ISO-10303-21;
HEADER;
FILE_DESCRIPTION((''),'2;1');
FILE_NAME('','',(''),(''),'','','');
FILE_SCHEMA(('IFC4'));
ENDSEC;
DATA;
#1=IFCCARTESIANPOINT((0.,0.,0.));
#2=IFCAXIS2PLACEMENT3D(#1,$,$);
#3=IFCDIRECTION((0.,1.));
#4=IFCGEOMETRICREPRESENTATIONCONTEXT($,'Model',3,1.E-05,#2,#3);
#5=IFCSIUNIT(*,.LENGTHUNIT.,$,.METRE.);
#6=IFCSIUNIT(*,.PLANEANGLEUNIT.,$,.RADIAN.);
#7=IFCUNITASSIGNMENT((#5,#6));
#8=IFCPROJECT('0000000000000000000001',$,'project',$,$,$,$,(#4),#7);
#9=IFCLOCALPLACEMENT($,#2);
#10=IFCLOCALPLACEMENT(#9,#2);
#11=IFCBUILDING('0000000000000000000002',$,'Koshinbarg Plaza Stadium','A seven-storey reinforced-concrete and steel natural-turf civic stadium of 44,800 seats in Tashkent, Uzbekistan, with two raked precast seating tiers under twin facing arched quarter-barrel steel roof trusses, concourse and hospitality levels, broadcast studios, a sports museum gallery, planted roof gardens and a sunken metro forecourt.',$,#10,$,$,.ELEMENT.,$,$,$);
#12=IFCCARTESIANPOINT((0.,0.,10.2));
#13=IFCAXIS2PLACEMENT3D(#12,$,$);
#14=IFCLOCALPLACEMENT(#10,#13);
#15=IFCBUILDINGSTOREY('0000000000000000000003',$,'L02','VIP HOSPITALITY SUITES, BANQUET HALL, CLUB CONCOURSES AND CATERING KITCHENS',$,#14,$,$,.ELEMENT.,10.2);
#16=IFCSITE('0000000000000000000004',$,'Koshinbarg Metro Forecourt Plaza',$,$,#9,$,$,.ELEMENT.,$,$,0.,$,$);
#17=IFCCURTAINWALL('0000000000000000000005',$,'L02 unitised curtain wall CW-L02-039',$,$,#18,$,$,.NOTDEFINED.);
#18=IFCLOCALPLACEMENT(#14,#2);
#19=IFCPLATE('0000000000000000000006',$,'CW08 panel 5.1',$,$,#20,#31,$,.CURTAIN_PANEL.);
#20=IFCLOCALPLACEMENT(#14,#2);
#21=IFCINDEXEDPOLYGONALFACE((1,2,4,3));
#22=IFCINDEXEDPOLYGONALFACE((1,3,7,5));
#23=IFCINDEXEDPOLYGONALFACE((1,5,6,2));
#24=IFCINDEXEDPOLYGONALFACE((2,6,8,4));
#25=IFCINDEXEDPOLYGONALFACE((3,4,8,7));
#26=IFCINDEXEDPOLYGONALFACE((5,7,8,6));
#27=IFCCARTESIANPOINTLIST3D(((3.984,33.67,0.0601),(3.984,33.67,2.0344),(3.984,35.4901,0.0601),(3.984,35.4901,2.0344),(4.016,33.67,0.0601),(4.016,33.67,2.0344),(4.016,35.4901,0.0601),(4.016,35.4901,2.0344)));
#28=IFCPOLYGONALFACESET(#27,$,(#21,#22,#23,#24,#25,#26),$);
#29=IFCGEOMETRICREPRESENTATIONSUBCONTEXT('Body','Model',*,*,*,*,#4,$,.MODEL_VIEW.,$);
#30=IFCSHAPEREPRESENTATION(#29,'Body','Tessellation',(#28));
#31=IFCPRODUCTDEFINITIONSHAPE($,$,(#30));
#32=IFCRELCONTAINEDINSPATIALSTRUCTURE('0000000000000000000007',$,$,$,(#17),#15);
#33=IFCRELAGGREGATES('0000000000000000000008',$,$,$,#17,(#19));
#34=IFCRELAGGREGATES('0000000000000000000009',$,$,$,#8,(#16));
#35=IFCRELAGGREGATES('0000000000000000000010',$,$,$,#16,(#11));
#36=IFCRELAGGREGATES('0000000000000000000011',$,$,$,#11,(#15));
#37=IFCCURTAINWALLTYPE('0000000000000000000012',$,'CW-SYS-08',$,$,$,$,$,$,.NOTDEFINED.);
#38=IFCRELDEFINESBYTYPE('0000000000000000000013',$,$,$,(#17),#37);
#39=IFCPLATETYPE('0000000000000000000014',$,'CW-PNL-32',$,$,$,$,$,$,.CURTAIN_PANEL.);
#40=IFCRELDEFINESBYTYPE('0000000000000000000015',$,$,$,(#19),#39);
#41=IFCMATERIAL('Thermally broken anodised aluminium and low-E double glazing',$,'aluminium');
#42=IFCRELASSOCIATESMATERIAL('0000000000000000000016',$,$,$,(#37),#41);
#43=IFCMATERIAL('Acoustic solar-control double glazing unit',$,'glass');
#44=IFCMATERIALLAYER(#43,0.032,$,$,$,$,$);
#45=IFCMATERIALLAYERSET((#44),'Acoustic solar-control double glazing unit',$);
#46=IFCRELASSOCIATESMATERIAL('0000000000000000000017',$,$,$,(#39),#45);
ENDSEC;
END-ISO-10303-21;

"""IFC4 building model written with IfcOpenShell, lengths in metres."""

from ifc_helpers import new_model, si_unit, direction, frame, origin, origin_2d, place, context, subcontext, project, spatial, rectangle, extrude, material, layer, layer_set, type_object, element, aggregate, save


model = new_model("IFC4")

# Units and contexts
model_context = context("Model", 3, precision=1e-05, world=origin(), true_north=direction((0.0, 1.0)))
body_context = subcontext(model_context, "Body", "Model", "MODEL_VIEW")
ifc_project = project(units=[si_unit("LENGTHUNIT", "METRE"), si_unit("PLANEANGLEUNIT", "RADIAN")], contexts=[model_context])

# Site, building, storey
site_placement = place(None, origin())
site = spatial("IfcSite", under=ifc_project, at=site_placement, Name="Koshinbarg Metro Forecourt Plaza", CompositionType="ELEMENT", RefElevation=0.0)
building_placement = place(site_placement, origin())
building = spatial("IfcBuilding", under=site, at=building_placement, Name="Koshinbarg Plaza Stadium", Description="A seven-storey reinforced-concrete and steel natural-turf civic stadium of 44,800 seats in Tashkent, Uzbekistan, with two raked precast seating tiers under twin facing arched quarter-barrel steel roof trusses, concourse and hospitality levels, broadcast studios, a sports museum gallery, planted roof gardens and a sunken metro forecourt.", CompositionType="ELEMENT")
storey_placement = place(building_placement, frame((0.0, 0.0, 10.2)))
storey = spatial("IfcBuildingStorey", under=building, at=storey_placement, Name="L02", Description="VIP HOSPITALITY SUITES, BANQUET HALL, CLUB CONCOURSES AND CATERING KITCHENS", CompositionType="ELEMENT", Elevation=10.2)

# Curtain wall, plate
ifc_material_1 = material(Name="Thermally broken anodised aluminium and low-E double glazing", Category="aluminium")
curtain_wall_type = type_object("IfcCurtainWallType", Name="CW-SYS-08", PredefinedType="NOTDEFINED", material=ifc_material_1)
curtain_wall_placement = place(storey_placement, origin())
curtain_wall = element("IfcCurtainWall", 1, at=curtain_wall_placement, inside=storey, type_object=curtain_wall_type, Name="L02 unitised curtain wall CW-L02-039", PredefinedType="NOTDEFINED")
ifc_material_2 = material(Name="Acoustic solar-control double glazing unit", Category="glass")
ifc_layer = layer(ifc_material_2, 0.032)
ifc_layer_set = layer_set([ifc_layer], Name="Acoustic solar-control double glazing unit")
plate_type = type_object("IfcPlateType", Name="CW-PNL-32", PredefinedType="CURTAIN_PANEL", material=ifc_layer_set)
plate_1_placement = place(storey_placement, frame((4.0, 34.5801, 0.0601), z_axis=(0.0, 0.0, 1.0), x_axis=(0.0, 1.0, 0.0)))
plate_1 = element("IfcPlate", 2, at=plate_1_placement, type_object=plate_type, Name="CW08 panel 5.1", PredefinedType="CURTAIN_PANEL", context=body_context, shape_type="SweptSolid", body=[
    extrude(rectangle(XDim=1.8201, YDim=0.032, at=origin_2d()), origin(), (0.0, 0.0, 1.0), 1.9744),
])
aggregate(curtain_wall, [plate_1])

save(model, "model.ifc")
